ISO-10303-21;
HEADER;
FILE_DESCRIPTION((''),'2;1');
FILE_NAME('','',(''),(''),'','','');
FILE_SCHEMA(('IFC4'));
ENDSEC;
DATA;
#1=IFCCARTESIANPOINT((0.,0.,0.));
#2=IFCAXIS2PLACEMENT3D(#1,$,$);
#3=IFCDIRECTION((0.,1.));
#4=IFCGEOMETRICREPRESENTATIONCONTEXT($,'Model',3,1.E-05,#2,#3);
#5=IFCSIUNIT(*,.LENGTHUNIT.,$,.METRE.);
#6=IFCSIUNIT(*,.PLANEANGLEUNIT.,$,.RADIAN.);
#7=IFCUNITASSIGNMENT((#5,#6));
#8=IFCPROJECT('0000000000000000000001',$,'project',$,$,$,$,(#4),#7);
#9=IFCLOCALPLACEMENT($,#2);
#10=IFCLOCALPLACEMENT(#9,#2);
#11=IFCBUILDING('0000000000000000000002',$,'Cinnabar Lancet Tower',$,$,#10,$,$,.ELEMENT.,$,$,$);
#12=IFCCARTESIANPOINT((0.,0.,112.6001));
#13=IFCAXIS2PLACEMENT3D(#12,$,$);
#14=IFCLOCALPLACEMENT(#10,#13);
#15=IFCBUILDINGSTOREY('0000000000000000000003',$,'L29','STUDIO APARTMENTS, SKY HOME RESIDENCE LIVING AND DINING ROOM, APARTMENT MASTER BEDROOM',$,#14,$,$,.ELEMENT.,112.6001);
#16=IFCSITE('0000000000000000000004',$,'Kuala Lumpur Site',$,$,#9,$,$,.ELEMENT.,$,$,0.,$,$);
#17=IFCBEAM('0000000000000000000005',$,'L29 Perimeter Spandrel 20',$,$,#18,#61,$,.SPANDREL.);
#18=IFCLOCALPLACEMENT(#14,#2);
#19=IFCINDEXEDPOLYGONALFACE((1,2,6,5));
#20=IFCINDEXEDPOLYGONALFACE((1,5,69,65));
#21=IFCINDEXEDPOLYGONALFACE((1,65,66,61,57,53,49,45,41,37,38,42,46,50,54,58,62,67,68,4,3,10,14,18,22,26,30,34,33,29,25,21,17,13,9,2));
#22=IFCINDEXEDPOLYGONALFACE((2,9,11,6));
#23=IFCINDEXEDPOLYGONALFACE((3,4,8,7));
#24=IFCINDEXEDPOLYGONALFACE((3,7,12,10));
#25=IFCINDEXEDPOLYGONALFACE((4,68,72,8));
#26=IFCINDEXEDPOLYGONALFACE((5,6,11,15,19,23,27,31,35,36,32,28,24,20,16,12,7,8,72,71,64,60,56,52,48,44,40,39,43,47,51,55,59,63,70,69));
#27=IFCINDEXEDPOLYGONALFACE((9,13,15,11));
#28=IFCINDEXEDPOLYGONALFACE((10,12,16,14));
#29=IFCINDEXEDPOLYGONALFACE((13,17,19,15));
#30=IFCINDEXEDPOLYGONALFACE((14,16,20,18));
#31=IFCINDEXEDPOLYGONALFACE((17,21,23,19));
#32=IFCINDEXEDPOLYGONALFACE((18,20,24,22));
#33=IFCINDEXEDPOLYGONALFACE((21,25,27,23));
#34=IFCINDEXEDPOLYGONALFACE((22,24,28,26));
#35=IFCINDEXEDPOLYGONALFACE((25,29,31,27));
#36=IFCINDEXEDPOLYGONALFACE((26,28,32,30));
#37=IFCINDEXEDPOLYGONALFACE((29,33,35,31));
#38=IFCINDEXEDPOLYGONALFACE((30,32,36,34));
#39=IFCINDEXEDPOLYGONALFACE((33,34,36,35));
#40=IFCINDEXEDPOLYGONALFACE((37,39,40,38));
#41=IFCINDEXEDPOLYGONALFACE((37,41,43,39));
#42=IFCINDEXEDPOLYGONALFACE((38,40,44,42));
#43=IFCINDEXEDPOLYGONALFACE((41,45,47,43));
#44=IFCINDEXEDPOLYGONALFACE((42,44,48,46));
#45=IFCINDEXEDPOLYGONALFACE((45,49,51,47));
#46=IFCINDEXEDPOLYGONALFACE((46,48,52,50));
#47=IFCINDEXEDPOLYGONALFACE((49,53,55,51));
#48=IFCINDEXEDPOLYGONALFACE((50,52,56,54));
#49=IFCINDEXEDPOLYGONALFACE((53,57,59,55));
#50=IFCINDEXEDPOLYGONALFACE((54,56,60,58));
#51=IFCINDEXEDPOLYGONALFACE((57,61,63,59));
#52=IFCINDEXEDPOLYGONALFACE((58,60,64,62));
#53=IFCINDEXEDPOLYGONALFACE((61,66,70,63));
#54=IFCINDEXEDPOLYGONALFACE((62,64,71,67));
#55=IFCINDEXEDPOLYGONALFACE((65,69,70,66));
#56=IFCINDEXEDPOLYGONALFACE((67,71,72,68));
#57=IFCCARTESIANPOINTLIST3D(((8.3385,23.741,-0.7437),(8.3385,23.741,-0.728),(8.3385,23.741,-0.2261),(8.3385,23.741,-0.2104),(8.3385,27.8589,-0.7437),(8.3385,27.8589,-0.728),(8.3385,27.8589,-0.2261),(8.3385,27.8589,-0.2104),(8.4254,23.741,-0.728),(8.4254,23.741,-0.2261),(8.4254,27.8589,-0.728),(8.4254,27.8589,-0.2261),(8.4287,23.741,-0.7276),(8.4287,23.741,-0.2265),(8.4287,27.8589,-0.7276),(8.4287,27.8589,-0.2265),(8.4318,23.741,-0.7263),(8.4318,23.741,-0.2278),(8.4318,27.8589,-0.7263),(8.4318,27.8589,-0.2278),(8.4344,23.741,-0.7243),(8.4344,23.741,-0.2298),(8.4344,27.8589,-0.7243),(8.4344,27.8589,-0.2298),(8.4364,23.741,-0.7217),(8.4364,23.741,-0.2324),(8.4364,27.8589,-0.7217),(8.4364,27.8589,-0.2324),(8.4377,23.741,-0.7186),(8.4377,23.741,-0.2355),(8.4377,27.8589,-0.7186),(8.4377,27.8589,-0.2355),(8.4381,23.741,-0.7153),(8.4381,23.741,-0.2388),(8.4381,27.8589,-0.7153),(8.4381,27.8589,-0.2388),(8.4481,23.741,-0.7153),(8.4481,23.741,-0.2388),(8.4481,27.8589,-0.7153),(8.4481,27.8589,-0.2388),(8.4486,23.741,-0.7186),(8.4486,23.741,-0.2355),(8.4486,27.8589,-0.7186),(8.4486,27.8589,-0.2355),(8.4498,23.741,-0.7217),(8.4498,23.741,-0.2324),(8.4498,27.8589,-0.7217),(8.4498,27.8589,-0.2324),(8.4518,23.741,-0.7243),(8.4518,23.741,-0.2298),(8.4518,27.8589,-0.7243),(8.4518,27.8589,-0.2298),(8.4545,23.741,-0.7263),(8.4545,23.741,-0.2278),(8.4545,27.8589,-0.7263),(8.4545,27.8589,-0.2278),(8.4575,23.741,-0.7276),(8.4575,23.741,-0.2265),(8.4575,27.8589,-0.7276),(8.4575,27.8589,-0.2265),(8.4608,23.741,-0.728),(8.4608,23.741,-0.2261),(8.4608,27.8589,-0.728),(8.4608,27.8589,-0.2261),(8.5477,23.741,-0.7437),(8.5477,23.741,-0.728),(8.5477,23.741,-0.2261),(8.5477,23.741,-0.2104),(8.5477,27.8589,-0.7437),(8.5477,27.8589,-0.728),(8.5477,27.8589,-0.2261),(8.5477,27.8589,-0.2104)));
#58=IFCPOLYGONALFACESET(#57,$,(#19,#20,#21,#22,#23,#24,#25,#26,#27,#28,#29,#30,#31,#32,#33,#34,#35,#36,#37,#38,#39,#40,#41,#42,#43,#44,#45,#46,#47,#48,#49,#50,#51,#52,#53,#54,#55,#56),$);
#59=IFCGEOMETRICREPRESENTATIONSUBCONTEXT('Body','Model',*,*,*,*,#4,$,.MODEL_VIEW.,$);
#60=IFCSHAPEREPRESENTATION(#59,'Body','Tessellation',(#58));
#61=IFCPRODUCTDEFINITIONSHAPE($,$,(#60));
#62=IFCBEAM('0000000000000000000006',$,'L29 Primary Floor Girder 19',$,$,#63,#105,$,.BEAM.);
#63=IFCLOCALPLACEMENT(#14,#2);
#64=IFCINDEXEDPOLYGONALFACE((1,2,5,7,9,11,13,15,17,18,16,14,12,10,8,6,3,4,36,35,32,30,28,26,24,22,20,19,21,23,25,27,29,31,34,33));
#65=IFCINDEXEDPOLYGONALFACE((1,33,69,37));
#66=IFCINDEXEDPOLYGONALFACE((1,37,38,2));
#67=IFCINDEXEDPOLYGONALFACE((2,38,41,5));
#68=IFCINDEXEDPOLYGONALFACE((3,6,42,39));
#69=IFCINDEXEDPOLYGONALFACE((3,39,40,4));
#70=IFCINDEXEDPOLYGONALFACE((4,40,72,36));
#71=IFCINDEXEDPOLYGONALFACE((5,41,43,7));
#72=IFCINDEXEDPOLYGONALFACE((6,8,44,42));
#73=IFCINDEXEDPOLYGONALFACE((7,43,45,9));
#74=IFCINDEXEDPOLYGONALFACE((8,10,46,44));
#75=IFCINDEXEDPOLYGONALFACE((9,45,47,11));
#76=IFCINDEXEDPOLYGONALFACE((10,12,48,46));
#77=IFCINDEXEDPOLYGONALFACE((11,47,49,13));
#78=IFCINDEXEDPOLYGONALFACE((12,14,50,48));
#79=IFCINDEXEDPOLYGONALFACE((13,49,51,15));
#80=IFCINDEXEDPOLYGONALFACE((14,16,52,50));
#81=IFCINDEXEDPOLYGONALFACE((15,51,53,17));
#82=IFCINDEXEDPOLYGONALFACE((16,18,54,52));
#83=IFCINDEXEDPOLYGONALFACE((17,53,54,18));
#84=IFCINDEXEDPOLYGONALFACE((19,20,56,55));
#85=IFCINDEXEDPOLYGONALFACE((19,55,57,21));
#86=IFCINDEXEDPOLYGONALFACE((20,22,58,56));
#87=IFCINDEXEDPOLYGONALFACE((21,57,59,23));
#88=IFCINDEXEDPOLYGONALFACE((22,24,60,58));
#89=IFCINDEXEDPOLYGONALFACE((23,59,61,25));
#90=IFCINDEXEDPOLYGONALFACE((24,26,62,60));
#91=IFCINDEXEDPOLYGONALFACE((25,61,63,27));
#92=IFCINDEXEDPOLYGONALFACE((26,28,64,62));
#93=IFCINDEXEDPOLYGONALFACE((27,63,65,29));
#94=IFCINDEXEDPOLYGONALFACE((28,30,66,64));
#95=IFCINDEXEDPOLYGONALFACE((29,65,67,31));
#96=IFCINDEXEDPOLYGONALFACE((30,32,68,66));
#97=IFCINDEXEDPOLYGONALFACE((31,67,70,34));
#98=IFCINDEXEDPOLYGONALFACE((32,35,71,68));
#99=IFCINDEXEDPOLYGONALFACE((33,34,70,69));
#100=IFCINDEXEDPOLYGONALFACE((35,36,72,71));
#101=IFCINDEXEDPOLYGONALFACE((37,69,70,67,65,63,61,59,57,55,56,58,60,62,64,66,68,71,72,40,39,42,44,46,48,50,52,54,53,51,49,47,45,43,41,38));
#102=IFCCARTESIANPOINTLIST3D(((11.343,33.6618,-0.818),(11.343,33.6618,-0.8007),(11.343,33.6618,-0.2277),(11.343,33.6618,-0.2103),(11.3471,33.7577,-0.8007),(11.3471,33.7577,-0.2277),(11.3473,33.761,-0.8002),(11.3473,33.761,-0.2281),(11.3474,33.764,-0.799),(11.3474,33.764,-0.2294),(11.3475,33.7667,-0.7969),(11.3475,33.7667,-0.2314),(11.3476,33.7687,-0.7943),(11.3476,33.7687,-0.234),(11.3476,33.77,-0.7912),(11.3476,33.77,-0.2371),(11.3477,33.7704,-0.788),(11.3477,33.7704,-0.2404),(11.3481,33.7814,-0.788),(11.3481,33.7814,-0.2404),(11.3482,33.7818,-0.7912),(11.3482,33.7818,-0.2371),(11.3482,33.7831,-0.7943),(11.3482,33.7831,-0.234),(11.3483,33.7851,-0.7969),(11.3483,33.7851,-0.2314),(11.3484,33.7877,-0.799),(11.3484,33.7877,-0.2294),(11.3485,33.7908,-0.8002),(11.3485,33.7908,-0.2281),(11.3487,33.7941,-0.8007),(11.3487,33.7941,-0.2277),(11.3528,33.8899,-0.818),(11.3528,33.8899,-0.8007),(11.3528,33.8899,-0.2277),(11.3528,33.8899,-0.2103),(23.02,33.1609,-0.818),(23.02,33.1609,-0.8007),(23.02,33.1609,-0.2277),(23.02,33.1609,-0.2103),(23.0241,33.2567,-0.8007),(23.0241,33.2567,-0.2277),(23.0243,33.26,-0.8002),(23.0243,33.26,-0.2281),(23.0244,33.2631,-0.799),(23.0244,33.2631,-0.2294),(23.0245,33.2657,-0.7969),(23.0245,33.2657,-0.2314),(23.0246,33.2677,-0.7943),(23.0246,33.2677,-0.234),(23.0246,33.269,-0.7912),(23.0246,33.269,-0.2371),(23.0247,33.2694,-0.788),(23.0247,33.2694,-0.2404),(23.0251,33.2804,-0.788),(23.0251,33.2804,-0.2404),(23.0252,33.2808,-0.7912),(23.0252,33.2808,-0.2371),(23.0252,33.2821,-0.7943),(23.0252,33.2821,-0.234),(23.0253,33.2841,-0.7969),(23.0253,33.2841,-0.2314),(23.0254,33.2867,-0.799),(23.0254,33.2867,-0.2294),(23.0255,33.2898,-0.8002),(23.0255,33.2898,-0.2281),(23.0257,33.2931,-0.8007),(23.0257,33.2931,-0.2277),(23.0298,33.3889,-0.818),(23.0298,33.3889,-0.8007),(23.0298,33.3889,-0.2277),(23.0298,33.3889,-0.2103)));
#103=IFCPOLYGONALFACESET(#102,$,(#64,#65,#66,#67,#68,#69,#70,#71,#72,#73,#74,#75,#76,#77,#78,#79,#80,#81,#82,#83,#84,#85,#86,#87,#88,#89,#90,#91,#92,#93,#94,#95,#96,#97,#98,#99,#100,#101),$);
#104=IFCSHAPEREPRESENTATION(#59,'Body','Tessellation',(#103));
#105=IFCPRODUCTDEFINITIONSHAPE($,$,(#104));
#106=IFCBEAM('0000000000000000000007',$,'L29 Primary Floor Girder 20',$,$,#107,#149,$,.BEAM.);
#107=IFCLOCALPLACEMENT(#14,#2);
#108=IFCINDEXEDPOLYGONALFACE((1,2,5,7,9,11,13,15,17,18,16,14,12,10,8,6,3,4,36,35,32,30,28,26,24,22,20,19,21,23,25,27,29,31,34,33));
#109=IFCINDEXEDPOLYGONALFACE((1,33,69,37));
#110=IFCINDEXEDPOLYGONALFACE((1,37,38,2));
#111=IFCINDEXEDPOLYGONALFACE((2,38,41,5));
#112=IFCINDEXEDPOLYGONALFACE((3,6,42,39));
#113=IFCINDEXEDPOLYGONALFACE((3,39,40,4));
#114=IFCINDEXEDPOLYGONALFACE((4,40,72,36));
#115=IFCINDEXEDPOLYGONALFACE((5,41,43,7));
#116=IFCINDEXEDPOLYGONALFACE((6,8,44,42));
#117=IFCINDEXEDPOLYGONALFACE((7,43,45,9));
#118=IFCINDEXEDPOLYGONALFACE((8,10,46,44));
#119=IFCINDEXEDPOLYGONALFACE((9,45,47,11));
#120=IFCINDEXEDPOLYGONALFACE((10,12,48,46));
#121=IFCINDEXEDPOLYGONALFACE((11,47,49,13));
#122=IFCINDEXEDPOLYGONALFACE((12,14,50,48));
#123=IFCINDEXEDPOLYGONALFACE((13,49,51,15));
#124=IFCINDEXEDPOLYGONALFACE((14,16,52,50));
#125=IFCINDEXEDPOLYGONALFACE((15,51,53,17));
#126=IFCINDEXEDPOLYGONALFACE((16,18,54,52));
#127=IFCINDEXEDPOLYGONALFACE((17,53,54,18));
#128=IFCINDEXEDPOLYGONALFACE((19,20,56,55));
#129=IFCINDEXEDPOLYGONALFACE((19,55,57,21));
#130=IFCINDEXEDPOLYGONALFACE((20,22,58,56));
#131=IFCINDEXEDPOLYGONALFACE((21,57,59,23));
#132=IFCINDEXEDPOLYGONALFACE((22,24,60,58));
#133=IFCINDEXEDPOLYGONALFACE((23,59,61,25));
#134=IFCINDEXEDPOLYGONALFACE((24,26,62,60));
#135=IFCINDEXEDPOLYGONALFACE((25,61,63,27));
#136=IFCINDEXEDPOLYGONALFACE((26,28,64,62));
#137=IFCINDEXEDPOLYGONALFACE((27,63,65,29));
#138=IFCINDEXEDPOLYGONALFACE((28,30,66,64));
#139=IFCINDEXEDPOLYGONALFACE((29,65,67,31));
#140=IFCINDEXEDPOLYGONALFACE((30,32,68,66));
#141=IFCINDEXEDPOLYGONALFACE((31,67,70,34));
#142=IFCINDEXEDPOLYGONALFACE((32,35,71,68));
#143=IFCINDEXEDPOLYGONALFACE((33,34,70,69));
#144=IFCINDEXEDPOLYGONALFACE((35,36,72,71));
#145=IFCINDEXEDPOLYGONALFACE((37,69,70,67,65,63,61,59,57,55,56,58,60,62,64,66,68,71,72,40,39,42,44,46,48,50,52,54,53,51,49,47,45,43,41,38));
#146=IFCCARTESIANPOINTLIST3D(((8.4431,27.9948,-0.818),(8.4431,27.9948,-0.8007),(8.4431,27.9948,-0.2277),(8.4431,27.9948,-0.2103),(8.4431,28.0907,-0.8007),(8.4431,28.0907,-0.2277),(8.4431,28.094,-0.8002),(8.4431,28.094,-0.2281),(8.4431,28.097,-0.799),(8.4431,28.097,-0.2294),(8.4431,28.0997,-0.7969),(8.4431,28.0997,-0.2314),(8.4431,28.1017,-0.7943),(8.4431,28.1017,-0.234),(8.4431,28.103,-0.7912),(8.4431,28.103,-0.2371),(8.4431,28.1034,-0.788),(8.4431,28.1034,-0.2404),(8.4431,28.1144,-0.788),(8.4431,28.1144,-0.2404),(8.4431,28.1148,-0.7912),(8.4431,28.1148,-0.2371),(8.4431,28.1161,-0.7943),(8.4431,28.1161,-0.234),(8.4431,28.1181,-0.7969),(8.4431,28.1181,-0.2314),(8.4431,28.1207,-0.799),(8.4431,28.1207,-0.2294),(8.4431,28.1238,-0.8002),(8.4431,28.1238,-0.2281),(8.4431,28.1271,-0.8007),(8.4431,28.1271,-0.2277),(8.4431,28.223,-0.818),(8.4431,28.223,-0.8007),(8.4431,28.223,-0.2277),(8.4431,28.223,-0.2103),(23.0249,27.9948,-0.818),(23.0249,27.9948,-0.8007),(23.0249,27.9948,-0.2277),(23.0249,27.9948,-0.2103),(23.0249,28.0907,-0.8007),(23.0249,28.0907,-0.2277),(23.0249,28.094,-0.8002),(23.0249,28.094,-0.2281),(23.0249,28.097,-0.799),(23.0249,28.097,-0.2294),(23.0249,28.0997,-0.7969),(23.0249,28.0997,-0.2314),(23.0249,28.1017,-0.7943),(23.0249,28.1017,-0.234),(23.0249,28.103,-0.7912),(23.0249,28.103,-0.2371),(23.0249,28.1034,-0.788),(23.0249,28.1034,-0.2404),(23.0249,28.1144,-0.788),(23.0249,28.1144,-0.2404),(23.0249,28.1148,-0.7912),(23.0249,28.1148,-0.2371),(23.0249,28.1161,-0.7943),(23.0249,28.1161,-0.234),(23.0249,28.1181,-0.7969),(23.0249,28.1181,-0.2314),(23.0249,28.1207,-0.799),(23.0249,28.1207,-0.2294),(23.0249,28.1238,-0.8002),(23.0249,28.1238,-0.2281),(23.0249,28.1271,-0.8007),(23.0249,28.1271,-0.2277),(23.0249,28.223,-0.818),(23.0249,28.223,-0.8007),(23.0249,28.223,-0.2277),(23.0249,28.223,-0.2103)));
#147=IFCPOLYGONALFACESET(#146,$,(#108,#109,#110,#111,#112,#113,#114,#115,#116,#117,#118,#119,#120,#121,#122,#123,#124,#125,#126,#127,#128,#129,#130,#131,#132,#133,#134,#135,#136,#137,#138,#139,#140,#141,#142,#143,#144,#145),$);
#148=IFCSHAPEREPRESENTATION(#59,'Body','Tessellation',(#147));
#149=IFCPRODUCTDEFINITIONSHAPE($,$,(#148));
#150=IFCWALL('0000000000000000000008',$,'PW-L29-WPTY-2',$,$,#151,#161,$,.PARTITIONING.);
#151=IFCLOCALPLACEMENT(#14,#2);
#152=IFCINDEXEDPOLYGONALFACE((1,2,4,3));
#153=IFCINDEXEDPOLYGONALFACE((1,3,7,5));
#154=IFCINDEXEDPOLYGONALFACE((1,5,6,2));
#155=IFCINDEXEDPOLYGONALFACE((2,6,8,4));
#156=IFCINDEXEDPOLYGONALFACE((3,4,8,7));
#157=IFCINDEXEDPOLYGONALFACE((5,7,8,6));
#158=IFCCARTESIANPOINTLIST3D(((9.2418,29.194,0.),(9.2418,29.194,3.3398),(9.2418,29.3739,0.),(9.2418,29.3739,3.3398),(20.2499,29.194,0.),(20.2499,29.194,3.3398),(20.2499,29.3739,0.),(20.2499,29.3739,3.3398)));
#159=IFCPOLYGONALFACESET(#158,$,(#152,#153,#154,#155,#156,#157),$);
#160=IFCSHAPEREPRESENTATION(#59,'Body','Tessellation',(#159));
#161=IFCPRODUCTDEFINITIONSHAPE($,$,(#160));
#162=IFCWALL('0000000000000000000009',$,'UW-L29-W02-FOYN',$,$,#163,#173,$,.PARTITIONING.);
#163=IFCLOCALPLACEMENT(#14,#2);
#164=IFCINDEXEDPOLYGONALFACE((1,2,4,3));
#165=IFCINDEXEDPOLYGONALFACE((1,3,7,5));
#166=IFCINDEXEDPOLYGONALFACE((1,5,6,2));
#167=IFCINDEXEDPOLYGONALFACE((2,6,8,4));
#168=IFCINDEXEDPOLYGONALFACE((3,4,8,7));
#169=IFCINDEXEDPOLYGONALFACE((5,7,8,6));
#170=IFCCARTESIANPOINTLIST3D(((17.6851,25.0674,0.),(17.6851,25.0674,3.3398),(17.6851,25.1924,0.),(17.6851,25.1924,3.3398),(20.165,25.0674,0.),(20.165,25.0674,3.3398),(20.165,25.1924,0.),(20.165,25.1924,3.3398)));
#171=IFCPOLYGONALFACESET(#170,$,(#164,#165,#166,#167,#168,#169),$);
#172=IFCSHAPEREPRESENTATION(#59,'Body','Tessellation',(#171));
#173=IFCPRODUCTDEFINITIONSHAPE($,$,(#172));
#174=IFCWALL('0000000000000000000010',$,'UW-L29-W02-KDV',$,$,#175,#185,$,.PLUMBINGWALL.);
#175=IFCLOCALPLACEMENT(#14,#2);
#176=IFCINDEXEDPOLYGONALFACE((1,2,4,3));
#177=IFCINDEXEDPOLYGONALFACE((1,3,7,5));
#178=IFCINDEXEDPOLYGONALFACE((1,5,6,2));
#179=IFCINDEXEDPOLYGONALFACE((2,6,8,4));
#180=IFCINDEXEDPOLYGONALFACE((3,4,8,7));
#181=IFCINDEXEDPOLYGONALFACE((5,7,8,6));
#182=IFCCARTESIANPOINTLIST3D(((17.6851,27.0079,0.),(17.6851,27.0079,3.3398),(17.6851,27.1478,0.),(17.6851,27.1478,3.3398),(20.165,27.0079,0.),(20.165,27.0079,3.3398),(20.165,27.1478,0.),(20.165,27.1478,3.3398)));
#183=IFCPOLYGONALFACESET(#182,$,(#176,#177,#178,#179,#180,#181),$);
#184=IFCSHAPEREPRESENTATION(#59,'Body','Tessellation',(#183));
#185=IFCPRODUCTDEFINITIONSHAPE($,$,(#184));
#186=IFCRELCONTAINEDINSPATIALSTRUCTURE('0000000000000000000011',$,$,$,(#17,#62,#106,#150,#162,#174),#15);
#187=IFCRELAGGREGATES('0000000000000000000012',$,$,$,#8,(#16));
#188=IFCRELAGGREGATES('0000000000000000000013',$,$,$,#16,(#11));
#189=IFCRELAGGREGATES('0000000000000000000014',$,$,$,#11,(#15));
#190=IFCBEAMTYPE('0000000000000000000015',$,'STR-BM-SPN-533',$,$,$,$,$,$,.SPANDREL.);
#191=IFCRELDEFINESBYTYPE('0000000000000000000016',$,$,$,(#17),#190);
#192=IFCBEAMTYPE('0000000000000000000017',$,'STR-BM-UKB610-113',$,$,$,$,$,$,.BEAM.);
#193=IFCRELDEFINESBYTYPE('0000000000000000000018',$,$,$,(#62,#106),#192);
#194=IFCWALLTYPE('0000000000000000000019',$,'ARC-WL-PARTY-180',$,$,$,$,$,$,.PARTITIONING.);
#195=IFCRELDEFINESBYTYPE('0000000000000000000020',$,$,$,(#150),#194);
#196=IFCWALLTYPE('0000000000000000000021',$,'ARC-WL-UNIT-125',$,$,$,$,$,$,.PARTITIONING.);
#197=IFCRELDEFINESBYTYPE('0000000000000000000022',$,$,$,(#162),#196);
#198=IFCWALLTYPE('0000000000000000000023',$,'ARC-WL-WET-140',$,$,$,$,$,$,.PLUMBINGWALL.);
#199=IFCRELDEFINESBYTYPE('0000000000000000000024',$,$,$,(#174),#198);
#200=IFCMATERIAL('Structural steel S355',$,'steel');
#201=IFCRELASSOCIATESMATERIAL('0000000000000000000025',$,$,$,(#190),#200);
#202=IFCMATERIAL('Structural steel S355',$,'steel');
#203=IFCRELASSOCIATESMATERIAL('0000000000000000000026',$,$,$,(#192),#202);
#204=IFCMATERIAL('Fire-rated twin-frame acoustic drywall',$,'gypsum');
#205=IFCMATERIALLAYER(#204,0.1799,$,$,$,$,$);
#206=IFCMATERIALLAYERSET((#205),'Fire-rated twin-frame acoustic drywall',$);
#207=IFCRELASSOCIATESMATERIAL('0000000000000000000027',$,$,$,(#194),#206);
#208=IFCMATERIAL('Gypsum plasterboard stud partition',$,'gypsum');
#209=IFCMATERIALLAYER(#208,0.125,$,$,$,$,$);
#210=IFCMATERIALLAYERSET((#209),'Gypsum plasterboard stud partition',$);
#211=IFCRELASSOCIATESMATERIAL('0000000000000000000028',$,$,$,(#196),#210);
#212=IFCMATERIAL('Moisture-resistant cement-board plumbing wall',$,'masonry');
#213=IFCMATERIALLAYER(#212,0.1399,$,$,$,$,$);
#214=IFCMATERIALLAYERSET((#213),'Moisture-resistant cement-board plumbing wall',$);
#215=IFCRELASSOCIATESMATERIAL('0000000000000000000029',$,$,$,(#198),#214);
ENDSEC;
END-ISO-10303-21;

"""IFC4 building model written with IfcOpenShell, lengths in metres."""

from ifc_helpers import new_model, si_unit, direction, frame, frame_2d, origin, origin_2d, place, context, subcontext, project, spatial, rectangle, i_section, extrude, material, layer, layer_set, material_profile, profile_set, type_object, element, save


model = new_model("IFC4")

# Units and contexts
model_context = context("Model", 3, precision=1e-05, world=origin(), true_north=direction((0.0, 1.0)))
body_context = subcontext(model_context, "Body", "Model", "MODEL_VIEW")
ifc_project = project(units=[si_unit("LENGTHUNIT", "METRE"), si_unit("PLANEANGLEUNIT", "RADIAN")], contexts=[model_context])

# Site, building, storey
site_placement = place(None, origin())
site = spatial("IfcSite", under=ifc_project, at=site_placement, Name="Kuala Lumpur Site", CompositionType="ELEMENT", RefElevation=0.0)
building_placement = place(site_placement, origin())
building = spatial("IfcBuilding", under=site, at=building_placement, Name="Cinnabar Lancet Tower", CompositionType="ELEMENT")
storey_placement = place(building_placement, frame((0.0, 0.0, 112.6001)))
storey = spatial("IfcBuildingStorey", under=building, at=storey_placement, Name="L29", Description="STUDIO APARTMENTS, SKY HOME RESIDENCE LIVING AND DINING ROOM, APARTMENT MASTER BEDROOM", CompositionType="ELEMENT", Elevation=112.6001)

# Beams
ifc_material_1 = material(Name="Structural steel S355", Category="steel")
ifc_material_profile_1 = material_profile(ifc_material_1, i_section(OverallWidth=0.2092, OverallDepth=0.5332, WebThickness=0.01, FlangeThickness=0.0156, FilletRadius=0.0127, at=origin_2d()), Name="UKB 533x210x92")
ifc_profile_set_1 = profile_set([ifc_material_profile_1], Name="Structural steel S355")
beam_type_1 = type_object("IfcBeamType", Name="STR-BM-SPN-533", PredefinedType="SPANDREL", material=ifc_profile_set_1)
beam_1_placement = place(storey_placement, frame((8.4431, 27.8589, -0.4771), z_axis=(0.0, -1.0, 0.0), x_axis=(1.0, 0.0, 0.0)))
element("IfcBeam", 1, at=beam_1_placement, inside=storey, type_object=beam_type_1, Name="L29 Perimeter Spandrel 20", PredefinedType="SPANDREL", context=body_context, shape_type="SweptSolid", body=[
    extrude(i_section(OverallWidth=0.2092, OverallDepth=0.5332, WebThickness=0.01, FlangeThickness=0.0156, FilletRadius=0.0127, at=origin_2d()), origin(), (0.0, 0.0, 1.0), 4.1179),
])
ifc_material_2 = material(Name="Structural steel S355", Category="steel")
ifc_material_profile_2 = material_profile(ifc_material_2, i_section(OverallWidth=0.2283, OverallDepth=0.6077, WebThickness=0.011, FlangeThickness=0.0173, FilletRadius=0.0127, at=origin_2d()), Name="UKB 610x229x113")
ifc_profile_set_2 = profile_set([ifc_material_profile_2], Name="Structural steel S355")
beam_type_2 = type_object("IfcBeamType", Name="STR-BM-UKB610-113", PredefinedType="BEAM", material=ifc_profile_set_2)
beam_2_placement = place(storey_placement, frame((11.3479, 33.7759, -0.5142), z_axis=(0.999081, -0.042863, 0.0), x_axis=(0.042863, 0.999081, 0.0)))
element("IfcBeam", 2, at=beam_2_placement, inside=storey, type_object=beam_type_2, Name="L29 Primary Floor Girder 19", PredefinedType="BEAM", context=body_context, shape_type="SweptSolid", body=[
    extrude(i_section(OverallWidth=0.2283, OverallDepth=0.6077, WebThickness=0.011, FlangeThickness=0.0173, FilletRadius=0.0127, at=origin_2d()), origin(), (0.0, 0.0, 1.0), 11.6877),
])
beam_3_placement = place(storey_placement, frame((8.4431, 28.1089, -0.5142), z_axis=(1.0, 0.0, 0.0), x_axis=(0.0, 1.0, 0.0)))
element("IfcBeam", 3, at=beam_3_placement, inside=storey, type_object=beam_type_2, Name="L29 Primary Floor Girder 20", PredefinedType="BEAM", context=body_context, shape_type="SweptSolid", body=[
    extrude(i_section(OverallWidth=0.2283, OverallDepth=0.6077, WebThickness=0.011, FlangeThickness=0.0173, FilletRadius=0.0127, at=origin_2d()), origin(), (0.0, 0.0, 1.0), 14.5818),
])

# Walls
ifc_material_3 = material(Name="Fire-rated twin-frame acoustic drywall", Category="gypsum")
ifc_layer_1 = layer(ifc_material_3, 0.1799)
ifc_layer_set_1 = layer_set([ifc_layer_1], Name="Fire-rated twin-frame acoustic drywall")
wall_type_1 = type_object("IfcWallType", Name="ARC-WL-PARTY-180", PredefinedType="PARTITIONING", material=ifc_layer_set_1)
wall_1_placement = place(storey_placement, frame((9.2419, 29.2839, 0.0), z_axis=(0.0, 0.0, 1.0), x_axis=(1.0, 0.0, 0.0)))
element("IfcWall", 4, at=wall_1_placement, inside=storey, type_object=wall_type_1, Name="PW-L29-WPTY-2", PredefinedType="PARTITIONING", context=body_context, shape_type="SweptSolid", body=[
    extrude(rectangle(XDim=11.0081, YDim=0.1799, at=frame_2d((5.5039, 0.0))), origin(), (0.0, 0.0, 1.0), 3.3398),
])
ifc_material_4 = material(Name="Gypsum plasterboard stud partition", Category="gypsum")
ifc_layer_2 = layer(ifc_material_4, 0.125)
ifc_layer_set_2 = layer_set([ifc_layer_2], Name="Gypsum plasterboard stud partition")
wall_type_2 = type_object("IfcWallType", Name="ARC-WL-UNIT-125", PredefinedType="PARTITIONING", material=ifc_layer_set_2)
wall_2_placement = place(storey_placement, frame((17.6851, 25.1299, 0.0), z_axis=(0.0, 0.0, 1.0), x_axis=(1.0, 0.0, 0.0)))
element("IfcWall", 5, at=wall_2_placement, inside=storey, type_object=wall_type_2, Name="UW-L29-W02-FOYN", PredefinedType="PARTITIONING", context=body_context, shape_type="SweptSolid", body=[
    extrude(rectangle(XDim=2.48, YDim=0.125, at=frame_2d((1.24, 0.0))), origin(), (0.0, 0.0, 1.0), 3.3398),
])

# Shared definitions
ifc_material_5 = material(Name="Moisture-resistant cement-board plumbing wall", Category="masonry")
ifc_layer_3 = layer(ifc_material_5, 0.1399)
ifc_layer_set_3 = layer_set([ifc_layer_3], Name="Moisture-resistant cement-board plumbing wall")
wall_type_3 = type_object("IfcWallType", Name="ARC-WL-WET-140", PredefinedType="PLUMBINGWALL", material=ifc_layer_set_3)

# Wall
wall_3_placement = place(storey_placement, frame((17.6851, 27.0779, 0.0), z_axis=(0.0, 0.0, 1.0), x_axis=(1.0, 0.0, 0.0)))
element("IfcWall", 6, at=wall_3_placement, inside=storey, type_object=wall_type_3, Name="UW-L29-W02-KDV", PredefinedType="PLUMBINGWALL", context=body_context, shape_type="SweptSolid", body=[
    extrude(rectangle(XDim=2.48, YDim=0.1399, at=frame_2d((1.24, 0.0))), origin(), (0.0, 0.0, 1.0), 3.3398),
])

save(model, "model.ifc")
